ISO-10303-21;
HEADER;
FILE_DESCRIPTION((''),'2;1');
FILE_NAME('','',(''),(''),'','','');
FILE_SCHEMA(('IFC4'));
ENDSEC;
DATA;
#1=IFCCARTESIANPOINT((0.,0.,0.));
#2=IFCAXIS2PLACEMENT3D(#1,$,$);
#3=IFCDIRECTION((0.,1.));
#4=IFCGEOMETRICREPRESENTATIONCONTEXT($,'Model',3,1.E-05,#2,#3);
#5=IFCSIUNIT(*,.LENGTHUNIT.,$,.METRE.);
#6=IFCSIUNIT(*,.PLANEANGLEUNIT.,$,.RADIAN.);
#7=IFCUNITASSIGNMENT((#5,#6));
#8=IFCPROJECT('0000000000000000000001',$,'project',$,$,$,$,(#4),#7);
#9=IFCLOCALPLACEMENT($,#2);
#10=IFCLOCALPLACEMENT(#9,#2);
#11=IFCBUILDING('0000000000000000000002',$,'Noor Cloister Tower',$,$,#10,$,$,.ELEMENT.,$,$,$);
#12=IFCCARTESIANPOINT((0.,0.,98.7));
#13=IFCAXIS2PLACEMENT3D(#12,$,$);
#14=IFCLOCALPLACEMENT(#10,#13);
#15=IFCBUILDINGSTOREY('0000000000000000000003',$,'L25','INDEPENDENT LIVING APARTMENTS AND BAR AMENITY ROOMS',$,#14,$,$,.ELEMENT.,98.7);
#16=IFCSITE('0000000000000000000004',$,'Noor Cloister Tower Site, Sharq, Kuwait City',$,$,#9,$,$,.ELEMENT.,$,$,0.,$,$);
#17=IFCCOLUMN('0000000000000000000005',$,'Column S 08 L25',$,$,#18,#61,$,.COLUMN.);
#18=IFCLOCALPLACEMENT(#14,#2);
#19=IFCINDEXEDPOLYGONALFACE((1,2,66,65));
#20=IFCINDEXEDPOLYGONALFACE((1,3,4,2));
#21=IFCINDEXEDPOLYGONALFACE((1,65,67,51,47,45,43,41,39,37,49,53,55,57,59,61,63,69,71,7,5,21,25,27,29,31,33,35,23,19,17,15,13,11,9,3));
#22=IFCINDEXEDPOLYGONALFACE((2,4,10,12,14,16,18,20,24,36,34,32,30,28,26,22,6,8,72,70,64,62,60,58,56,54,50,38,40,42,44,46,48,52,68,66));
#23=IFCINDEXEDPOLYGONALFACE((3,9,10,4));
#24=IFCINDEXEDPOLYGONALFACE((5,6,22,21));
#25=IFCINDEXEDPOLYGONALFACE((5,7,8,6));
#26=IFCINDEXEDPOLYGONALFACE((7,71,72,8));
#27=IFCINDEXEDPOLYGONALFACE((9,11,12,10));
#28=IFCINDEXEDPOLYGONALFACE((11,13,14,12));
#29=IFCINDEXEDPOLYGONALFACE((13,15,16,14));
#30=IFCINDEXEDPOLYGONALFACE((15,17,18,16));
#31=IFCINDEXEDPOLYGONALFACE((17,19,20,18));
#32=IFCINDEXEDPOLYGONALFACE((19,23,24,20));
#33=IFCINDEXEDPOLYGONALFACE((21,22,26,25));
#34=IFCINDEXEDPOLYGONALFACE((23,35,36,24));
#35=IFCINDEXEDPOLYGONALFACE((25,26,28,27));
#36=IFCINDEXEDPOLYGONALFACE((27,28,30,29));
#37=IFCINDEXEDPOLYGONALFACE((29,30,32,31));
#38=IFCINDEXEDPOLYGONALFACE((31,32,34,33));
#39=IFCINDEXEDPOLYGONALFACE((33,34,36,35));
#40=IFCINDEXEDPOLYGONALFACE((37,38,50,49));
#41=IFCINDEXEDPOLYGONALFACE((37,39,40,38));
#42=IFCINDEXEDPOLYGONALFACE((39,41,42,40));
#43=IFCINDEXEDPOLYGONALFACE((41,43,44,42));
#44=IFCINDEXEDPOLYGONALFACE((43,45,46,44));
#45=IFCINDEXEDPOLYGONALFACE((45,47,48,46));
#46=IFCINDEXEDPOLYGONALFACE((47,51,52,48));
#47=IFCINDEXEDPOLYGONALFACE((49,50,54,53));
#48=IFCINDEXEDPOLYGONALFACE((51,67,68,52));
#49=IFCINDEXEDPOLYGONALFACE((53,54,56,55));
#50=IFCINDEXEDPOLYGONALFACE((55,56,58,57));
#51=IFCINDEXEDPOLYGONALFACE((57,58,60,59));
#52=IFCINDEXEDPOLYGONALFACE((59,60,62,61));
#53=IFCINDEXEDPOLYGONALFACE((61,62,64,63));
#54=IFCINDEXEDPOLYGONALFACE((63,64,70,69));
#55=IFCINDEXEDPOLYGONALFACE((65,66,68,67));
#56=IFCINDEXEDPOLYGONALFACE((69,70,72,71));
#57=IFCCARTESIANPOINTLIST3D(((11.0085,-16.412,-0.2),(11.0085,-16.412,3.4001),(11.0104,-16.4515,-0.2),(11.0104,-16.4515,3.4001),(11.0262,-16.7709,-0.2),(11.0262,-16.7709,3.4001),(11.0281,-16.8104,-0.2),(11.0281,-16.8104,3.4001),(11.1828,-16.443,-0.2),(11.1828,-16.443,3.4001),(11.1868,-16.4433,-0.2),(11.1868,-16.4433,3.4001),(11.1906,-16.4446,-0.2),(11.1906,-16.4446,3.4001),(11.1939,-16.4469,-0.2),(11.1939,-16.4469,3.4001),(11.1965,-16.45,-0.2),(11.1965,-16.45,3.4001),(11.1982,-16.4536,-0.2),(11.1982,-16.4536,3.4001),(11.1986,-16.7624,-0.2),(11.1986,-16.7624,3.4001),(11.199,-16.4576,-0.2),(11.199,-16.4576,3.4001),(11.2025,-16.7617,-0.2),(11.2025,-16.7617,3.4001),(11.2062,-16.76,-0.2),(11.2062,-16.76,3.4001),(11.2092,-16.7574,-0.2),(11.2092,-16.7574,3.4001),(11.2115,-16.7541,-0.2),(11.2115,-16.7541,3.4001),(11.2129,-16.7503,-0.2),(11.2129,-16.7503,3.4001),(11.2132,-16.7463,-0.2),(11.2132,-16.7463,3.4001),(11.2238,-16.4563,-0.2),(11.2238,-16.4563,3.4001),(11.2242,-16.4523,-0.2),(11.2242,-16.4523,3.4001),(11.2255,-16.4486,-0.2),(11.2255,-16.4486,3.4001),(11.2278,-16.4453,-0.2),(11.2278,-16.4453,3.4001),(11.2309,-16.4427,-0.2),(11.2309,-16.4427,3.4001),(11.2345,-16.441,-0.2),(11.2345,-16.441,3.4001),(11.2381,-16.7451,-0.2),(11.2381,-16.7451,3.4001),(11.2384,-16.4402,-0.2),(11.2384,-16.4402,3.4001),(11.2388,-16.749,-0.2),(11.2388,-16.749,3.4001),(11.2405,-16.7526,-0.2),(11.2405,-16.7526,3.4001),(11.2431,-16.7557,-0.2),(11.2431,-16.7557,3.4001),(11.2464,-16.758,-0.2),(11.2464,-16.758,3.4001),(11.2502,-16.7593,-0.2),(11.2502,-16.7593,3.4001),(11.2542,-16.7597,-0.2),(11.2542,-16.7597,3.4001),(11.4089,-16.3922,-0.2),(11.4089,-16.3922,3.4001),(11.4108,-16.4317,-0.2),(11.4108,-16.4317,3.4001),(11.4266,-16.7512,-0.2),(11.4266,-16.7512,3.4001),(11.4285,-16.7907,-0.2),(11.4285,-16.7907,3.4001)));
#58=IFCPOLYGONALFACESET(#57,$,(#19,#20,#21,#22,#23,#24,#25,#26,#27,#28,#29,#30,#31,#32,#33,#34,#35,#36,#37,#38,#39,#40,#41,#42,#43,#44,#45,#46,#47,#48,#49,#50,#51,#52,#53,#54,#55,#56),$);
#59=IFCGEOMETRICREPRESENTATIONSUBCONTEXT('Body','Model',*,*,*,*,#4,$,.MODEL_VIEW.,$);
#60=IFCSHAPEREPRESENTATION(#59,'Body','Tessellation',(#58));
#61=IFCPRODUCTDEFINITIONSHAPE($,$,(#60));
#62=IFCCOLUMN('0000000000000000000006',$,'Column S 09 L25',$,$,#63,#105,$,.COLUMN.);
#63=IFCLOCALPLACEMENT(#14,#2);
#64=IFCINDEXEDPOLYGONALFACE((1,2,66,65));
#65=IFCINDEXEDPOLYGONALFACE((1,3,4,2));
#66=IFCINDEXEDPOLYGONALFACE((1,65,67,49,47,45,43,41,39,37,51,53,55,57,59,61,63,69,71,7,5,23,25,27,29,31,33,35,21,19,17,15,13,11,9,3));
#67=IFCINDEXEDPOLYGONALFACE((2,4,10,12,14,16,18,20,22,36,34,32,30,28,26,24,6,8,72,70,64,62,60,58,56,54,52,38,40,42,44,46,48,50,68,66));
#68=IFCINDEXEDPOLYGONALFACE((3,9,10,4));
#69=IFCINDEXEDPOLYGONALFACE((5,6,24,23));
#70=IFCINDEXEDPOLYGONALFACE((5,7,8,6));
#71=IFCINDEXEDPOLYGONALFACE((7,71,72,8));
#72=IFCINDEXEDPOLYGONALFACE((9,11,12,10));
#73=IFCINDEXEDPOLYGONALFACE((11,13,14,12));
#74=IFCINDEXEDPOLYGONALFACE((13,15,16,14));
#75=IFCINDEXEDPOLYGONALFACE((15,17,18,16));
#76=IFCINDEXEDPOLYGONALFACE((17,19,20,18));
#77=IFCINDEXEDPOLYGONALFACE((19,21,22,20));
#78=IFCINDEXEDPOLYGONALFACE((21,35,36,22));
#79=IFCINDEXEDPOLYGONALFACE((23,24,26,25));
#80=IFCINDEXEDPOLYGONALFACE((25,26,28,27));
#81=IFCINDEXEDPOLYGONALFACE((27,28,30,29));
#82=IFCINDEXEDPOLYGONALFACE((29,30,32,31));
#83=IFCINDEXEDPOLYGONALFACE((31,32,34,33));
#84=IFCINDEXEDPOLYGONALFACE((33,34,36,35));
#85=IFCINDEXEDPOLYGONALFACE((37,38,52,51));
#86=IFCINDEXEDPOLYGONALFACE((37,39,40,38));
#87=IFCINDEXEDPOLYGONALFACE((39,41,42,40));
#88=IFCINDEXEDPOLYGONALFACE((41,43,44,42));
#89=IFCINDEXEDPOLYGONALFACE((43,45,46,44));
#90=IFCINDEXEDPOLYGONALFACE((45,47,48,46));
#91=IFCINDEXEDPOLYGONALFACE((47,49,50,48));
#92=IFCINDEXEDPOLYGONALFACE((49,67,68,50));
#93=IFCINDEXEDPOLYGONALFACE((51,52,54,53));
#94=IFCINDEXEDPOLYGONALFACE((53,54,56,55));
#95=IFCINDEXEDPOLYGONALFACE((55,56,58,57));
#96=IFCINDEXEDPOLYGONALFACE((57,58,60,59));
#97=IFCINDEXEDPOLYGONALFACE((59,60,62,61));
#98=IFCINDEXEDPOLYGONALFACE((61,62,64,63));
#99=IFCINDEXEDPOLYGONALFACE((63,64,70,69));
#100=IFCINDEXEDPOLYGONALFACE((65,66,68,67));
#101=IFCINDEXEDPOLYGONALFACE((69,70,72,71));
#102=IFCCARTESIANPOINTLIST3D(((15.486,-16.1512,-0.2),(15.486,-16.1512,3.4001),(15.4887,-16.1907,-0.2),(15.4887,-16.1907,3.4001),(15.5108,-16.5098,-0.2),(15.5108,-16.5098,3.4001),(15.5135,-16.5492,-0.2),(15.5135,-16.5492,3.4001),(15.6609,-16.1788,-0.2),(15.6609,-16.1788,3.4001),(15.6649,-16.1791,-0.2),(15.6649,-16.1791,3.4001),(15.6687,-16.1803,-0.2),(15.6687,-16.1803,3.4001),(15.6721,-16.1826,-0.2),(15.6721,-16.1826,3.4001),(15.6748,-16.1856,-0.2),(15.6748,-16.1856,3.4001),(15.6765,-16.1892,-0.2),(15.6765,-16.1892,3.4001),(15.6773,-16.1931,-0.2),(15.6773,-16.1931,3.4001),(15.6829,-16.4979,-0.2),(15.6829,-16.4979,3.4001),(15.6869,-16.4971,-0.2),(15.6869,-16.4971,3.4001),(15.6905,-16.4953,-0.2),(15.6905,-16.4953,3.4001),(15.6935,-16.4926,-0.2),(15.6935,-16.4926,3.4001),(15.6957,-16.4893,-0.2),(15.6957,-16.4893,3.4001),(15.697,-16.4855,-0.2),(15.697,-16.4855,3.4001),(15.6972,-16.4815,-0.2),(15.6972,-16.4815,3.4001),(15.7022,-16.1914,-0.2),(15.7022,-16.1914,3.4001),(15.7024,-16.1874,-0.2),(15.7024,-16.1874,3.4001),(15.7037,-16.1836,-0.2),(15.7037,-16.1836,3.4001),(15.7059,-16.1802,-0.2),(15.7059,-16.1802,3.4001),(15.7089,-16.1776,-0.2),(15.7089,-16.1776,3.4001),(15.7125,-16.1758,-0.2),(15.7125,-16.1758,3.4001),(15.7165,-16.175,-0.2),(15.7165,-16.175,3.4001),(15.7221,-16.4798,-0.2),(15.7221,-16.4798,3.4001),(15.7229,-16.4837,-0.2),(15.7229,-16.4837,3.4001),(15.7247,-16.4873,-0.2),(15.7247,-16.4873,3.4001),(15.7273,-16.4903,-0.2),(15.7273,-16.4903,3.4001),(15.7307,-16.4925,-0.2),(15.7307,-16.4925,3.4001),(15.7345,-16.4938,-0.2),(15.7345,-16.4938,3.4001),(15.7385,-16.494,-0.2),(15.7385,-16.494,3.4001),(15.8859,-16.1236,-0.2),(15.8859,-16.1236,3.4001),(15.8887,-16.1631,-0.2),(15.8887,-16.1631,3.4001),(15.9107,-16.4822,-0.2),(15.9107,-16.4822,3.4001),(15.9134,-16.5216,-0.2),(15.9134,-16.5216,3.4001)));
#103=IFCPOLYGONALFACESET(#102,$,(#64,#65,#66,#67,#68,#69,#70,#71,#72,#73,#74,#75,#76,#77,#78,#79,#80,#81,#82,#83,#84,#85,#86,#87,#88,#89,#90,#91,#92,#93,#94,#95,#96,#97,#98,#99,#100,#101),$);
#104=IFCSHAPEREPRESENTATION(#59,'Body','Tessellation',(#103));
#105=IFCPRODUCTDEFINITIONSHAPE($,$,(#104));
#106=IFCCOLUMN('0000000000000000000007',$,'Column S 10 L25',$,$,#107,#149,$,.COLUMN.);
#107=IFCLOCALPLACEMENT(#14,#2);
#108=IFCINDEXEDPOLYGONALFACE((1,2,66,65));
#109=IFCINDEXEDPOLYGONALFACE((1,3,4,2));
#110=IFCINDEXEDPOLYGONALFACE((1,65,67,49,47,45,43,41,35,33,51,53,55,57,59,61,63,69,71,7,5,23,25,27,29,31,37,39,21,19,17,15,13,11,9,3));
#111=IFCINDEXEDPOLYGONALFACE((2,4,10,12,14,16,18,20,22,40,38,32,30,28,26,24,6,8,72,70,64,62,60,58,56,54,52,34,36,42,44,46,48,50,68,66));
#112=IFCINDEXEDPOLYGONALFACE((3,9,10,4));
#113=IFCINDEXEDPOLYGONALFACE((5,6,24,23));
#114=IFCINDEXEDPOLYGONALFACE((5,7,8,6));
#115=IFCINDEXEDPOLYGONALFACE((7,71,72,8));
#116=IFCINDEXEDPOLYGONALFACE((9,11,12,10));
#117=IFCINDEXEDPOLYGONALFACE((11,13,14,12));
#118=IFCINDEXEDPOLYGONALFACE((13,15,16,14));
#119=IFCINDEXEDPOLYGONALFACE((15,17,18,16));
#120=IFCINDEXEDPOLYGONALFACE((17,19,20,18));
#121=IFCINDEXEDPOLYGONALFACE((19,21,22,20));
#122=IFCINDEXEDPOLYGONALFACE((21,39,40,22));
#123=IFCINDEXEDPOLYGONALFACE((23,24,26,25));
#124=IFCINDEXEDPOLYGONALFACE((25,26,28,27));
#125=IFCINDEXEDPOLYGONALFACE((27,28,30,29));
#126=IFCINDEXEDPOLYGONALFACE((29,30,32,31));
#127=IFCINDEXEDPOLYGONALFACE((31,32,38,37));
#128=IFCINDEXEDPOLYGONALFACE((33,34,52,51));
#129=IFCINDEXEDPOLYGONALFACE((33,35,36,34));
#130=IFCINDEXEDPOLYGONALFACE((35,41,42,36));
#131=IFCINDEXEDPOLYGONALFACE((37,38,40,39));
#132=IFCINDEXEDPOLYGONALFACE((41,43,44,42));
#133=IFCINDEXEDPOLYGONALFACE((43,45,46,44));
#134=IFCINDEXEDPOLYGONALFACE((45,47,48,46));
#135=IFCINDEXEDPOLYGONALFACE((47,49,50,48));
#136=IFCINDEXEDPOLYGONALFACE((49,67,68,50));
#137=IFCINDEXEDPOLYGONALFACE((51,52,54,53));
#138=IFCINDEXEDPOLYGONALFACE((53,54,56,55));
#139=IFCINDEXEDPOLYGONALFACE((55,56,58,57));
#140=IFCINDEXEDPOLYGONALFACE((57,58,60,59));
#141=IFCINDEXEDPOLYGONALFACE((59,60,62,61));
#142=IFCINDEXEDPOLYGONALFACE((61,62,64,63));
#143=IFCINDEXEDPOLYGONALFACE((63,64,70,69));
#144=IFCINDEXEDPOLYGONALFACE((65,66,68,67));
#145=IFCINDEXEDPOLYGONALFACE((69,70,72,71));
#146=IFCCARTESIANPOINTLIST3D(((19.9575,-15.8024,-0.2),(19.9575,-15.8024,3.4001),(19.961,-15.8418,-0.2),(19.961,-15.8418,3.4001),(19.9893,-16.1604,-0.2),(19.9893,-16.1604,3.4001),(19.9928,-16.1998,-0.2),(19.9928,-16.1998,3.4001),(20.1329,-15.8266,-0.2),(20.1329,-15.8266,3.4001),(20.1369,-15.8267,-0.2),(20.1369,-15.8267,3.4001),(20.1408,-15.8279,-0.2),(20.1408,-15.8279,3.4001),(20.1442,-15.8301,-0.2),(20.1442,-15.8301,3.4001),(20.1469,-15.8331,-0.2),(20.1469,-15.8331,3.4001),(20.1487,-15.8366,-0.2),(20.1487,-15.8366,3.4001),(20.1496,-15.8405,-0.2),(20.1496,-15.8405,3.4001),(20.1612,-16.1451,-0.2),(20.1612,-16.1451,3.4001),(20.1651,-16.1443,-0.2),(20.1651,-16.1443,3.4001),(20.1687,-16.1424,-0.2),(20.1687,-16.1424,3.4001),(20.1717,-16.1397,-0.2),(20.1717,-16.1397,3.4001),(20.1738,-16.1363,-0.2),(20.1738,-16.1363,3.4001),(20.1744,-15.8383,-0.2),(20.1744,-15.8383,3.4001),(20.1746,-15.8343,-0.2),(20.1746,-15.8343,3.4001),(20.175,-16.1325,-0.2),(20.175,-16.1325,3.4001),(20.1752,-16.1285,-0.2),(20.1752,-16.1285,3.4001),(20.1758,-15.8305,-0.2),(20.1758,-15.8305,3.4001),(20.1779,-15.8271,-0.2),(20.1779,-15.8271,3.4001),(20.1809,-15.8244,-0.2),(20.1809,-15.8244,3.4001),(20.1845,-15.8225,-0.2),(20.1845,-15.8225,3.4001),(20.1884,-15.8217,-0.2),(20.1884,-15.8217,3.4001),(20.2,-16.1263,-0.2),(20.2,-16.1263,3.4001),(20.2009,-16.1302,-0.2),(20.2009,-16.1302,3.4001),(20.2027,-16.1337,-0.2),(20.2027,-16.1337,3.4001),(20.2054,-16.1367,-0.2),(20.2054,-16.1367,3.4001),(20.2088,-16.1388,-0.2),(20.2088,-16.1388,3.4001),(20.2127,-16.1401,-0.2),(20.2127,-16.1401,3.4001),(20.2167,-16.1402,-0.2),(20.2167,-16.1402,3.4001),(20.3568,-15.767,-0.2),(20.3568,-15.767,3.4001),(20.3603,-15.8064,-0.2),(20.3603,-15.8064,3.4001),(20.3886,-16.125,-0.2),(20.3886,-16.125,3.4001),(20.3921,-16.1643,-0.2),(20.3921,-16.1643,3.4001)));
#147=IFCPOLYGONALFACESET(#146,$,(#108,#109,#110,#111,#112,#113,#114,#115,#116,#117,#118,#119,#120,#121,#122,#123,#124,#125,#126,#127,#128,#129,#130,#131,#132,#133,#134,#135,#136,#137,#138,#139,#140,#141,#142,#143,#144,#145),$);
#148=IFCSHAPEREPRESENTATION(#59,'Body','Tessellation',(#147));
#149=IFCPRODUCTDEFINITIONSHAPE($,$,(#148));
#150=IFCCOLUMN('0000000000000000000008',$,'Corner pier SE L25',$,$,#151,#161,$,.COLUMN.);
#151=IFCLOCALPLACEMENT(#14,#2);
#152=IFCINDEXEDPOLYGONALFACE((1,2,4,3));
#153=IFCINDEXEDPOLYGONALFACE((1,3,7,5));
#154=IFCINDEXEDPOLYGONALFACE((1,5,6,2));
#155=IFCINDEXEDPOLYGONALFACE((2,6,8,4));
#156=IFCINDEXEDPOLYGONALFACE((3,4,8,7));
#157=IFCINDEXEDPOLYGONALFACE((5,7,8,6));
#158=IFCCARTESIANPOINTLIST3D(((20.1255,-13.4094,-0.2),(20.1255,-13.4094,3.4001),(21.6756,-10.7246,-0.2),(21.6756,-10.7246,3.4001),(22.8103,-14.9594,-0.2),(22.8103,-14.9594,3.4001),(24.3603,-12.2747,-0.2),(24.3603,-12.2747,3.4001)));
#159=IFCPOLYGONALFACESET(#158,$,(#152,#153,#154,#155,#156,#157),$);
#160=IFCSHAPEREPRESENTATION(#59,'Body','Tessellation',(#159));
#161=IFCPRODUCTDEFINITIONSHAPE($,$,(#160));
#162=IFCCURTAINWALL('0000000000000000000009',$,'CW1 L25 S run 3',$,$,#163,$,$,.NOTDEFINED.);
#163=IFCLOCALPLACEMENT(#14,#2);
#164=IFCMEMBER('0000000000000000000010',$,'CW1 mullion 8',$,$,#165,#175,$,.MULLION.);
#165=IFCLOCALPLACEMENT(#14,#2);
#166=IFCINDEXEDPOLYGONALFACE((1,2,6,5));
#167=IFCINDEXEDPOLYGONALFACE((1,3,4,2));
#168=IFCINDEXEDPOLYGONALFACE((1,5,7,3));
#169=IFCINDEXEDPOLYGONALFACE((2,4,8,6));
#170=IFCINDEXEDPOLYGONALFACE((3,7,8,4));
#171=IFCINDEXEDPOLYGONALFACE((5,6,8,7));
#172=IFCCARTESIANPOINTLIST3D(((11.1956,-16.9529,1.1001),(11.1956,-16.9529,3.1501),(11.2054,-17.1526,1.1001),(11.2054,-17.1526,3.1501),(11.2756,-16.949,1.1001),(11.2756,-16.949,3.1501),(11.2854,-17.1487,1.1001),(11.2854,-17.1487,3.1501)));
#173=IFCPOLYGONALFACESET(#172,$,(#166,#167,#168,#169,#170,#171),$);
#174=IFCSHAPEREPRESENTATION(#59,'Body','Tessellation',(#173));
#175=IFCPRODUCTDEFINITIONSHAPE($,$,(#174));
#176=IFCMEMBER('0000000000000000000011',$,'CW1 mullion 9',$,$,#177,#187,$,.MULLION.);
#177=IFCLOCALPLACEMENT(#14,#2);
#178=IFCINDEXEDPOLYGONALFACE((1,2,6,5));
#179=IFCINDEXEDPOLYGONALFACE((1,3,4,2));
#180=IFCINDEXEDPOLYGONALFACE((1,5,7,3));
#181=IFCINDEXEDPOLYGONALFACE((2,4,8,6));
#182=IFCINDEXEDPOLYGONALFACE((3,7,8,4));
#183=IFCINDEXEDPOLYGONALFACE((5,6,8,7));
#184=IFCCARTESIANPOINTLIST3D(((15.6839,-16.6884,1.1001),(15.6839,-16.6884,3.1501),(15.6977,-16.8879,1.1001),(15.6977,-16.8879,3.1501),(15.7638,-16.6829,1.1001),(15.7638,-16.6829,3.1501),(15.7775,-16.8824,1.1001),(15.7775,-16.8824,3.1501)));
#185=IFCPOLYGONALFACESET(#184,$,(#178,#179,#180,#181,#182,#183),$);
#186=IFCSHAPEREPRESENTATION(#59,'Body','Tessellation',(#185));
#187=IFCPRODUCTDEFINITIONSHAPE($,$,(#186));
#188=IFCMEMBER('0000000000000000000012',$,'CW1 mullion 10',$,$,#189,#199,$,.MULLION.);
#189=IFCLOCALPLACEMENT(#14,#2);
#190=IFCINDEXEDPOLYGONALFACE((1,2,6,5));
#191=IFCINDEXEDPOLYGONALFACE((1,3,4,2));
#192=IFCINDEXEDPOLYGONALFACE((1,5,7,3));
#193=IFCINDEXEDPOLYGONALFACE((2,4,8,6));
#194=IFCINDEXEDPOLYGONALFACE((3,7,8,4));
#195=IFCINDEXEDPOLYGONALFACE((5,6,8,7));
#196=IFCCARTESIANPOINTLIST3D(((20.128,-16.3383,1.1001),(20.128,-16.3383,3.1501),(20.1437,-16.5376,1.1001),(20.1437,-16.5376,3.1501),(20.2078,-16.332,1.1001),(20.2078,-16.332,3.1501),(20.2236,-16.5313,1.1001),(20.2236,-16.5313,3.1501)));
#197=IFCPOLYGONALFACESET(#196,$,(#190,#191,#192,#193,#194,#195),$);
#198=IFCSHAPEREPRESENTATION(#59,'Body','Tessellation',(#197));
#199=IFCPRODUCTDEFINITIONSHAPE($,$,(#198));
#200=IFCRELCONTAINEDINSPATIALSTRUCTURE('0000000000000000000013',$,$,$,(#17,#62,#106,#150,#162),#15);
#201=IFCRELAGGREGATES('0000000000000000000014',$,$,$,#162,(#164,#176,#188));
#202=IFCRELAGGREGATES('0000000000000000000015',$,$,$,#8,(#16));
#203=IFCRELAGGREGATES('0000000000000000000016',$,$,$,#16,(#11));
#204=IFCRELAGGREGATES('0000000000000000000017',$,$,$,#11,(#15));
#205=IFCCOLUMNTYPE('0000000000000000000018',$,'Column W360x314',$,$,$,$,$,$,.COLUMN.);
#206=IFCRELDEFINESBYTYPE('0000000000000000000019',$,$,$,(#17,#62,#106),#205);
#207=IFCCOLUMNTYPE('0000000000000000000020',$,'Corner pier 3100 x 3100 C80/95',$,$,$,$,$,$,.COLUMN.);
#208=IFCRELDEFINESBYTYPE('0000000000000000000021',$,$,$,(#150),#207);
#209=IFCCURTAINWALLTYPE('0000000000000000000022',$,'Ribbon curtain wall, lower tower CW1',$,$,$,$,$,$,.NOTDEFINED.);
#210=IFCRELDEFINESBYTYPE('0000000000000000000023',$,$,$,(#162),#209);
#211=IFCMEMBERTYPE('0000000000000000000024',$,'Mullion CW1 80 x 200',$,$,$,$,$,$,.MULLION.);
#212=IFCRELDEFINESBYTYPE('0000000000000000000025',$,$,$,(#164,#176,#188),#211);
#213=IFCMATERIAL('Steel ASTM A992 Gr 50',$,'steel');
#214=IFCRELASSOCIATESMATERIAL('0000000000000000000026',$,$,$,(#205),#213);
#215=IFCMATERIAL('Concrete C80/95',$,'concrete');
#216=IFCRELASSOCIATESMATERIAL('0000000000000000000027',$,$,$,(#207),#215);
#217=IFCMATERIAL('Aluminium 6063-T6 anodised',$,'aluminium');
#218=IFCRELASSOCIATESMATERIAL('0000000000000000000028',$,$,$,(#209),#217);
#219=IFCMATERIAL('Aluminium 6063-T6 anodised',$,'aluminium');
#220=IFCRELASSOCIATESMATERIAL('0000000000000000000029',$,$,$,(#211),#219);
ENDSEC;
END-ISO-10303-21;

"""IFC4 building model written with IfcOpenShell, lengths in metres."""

from ifc_helpers import new_model, si_unit, direction, frame, origin, origin_2d, place, context, subcontext, project, spatial, rectangle, i_section, extrude, material, material_profile, profile_set, type_object, element, aggregate, save


model = new_model("IFC4")

# Units and contexts
model_context = context("Model", 3, precision=1e-05, world=origin(), true_north=direction((0.0, 1.0)))
body_context = subcontext(model_context, "Body", "Model", "MODEL_VIEW")
ifc_project = project(units=[si_unit("LENGTHUNIT", "METRE"), si_unit("PLANEANGLEUNIT", "RADIAN")], contexts=[model_context])

# Site, building, storey
site_placement = place(None, origin())
site = spatial("IfcSite", under=ifc_project, at=site_placement, Name="Noor Cloister Tower Site, Sharq, Kuwait City", CompositionType="ELEMENT", RefElevation=0.0)
building_placement = place(site_placement, origin())
building = spatial("IfcBuilding", under=site, at=building_placement, Name="Noor Cloister Tower", CompositionType="ELEMENT")
storey_placement = place(building_placement, frame((0.0, 0.0, 98.7)))
storey = spatial("IfcBuildingStorey", under=building, at=storey_placement, Name="L25", Description="INDEPENDENT LIVING APARTMENTS AND BAR AMENITY ROOMS", CompositionType="ELEMENT", Elevation=98.7)

# Columns
ifc_material_1 = material(Name="Steel ASTM A992 Gr 50", Category="steel")
ifc_material_profile_1 = material_profile(ifc_material_1, i_section(OverallWidth=0.4009, OverallDepth=0.3989, WebThickness=0.0249, FlangeThickness=0.0396, FilletRadius=0.0154, at=origin_2d()), Name="W360x314")
ifc_profile_set_1 = profile_set([ifc_material_profile_1], Name="Steel ASTM A992 Gr 50")
column_type_1 = type_object("IfcColumnType", Name="Column W360x314", PredefinedType="COLUMN", material=ifc_profile_set_1)
for number, where, z_axis, x_axis, name in (
    (1, (11.2185, -16.6013, -0.2), (0.0, 0.0, 1.0), (0.99879, 0.049188, 0.0), "Column S 08 L25"),
    (2, (15.6997, -16.3364, -0.2), (0.0, 0.0, 1.0), (0.997628, 0.068837, 0.0), "Column S 09 L25"),
    (3, (20.1748, -15.9834, -0.2), (0.0, 0.0, 1.0), (0.99608, 0.088459, 0.0), "Column S 10 L25"),
):
    element("IfcColumn", number, at=place(storey_placement, frame(where, z_axis=z_axis, x_axis=x_axis)), inside=storey, type_object=column_type_1, Name=name, PredefinedType="COLUMN", context=body_context, shape_type="SweptSolid", body=[
        extrude(i_section(OverallWidth=0.4009, OverallDepth=0.3989, WebThickness=0.0249, FlangeThickness=0.0396, FilletRadius=0.0154, at=origin_2d()), origin(), (0.0, 0.0, 1.0), 3.6001),
    ])
ifc_material_2 = material(Name="Concrete C80/95", Category="concrete")
ifc_material_profile_2 = material_profile(ifc_material_2, rectangle(XDim=3.1001, YDim=3.1001, at=origin_2d()), Name="RC 3100x3100")
ifc_profile_set_2 = profile_set([ifc_material_profile_2], Name="Concrete C80/95")
column_type_2 = type_object("IfcColumnType", Name="Corner pier 3100 x 3100 C80/95", PredefinedType="COLUMN", material=ifc_profile_set_2)
column_placement = place(storey_placement, frame((22.2429, -12.842, -0.2), z_axis=(0.0, 0.0, 1.0), x_axis=(0.866025, -0.5, 0.0)))
element("IfcColumn", 4, at=column_placement, inside=storey, type_object=column_type_2, Name="Corner pier SE L25", PredefinedType="COLUMN", context=body_context, shape_type="SweptSolid", body=[
    extrude(rectangle(XDim=3.1001, YDim=3.1001, at=origin_2d()), origin(), (0.0, 0.0, 1.0), 3.6001),
])

# Curtain wall, members
ifc_material_3 = material(Name="Aluminium 6063-T6 anodised", Category="aluminium")
curtain_wall_type = type_object("IfcCurtainWallType", Name="Ribbon curtain wall, lower tower CW1", PredefinedType="NOTDEFINED", material=ifc_material_3)
curtain_wall_placement = place(storey_placement, origin())
curtain_wall = element("IfcCurtainWall", 5, at=curtain_wall_placement, inside=storey, type_object=curtain_wall_type, Name="CW1 L25 S run 3", PredefinedType="NOTDEFINED")
ifc_material_4 = material(Name="Aluminium 6063-T6 anodised", Category="aluminium")
ifc_material_profile_3 = material_profile(ifc_material_4, rectangle(XDim=0.2, YDim=0.0801, at=origin_2d()), Name="200 x 80 mullion")
ifc_profile_set_3 = profile_set([ifc_material_profile_3], Name="Aluminium 6063-T6 anodised")
member_type = type_object("IfcMemberType", Name="Mullion CW1 80 x 200", PredefinedType="MULLION", material=ifc_profile_set_3)
member_1_placement = place(storey_placement, frame((11.2405, -17.0508, 1.1001), z_axis=(0.0, 0.0, 1.0), x_axis=(-0.049188, 0.99879, 0.0)))
member_1 = element("IfcMember", 6, at=member_1_placement, type_object=member_type, Name="CW1 mullion 8", PredefinedType="MULLION", context=body_context, shape_type="SweptSolid", body=[
    extrude(rectangle(XDim=0.2, YDim=0.0801, at=origin_2d()), origin(), (0.0, 0.0, 1.0), 2.05),
])
member_2_placement = place(storey_placement, frame((15.7307, -16.7854, 1.1001), z_axis=(0.0, 0.0, 1.0), x_axis=(-0.068837, 0.997628, 0.0)))
member_2 = element("IfcMember", 7, at=member_2_placement, type_object=member_type, Name="CW1 mullion 9", PredefinedType="MULLION", context=body_context, shape_type="SweptSolid", body=[
    extrude(rectangle(XDim=0.2, YDim=0.0801, at=origin_2d()), origin(), (0.0, 0.0, 1.0), 2.05),
])
member_3_placement = place(storey_placement, frame((20.1758, -16.4348, 1.1001), z_axis=(0.0, 0.0, 1.0), x_axis=(-0.078652, 0.996902, 0.0)))
member_3 = element("IfcMember", 8, at=member_3_placement, type_object=member_type, Name="CW1 mullion 10", PredefinedType="MULLION", context=body_context, shape_type="SweptSolid", body=[
    extrude(rectangle(XDim=0.2, YDim=0.0801, at=origin_2d()), origin(), (0.0, 0.0, 1.0), 2.05),
])

aggregate(curtain_wall, [member_1, member_2, member_3])

save(model, "model.ifc")
